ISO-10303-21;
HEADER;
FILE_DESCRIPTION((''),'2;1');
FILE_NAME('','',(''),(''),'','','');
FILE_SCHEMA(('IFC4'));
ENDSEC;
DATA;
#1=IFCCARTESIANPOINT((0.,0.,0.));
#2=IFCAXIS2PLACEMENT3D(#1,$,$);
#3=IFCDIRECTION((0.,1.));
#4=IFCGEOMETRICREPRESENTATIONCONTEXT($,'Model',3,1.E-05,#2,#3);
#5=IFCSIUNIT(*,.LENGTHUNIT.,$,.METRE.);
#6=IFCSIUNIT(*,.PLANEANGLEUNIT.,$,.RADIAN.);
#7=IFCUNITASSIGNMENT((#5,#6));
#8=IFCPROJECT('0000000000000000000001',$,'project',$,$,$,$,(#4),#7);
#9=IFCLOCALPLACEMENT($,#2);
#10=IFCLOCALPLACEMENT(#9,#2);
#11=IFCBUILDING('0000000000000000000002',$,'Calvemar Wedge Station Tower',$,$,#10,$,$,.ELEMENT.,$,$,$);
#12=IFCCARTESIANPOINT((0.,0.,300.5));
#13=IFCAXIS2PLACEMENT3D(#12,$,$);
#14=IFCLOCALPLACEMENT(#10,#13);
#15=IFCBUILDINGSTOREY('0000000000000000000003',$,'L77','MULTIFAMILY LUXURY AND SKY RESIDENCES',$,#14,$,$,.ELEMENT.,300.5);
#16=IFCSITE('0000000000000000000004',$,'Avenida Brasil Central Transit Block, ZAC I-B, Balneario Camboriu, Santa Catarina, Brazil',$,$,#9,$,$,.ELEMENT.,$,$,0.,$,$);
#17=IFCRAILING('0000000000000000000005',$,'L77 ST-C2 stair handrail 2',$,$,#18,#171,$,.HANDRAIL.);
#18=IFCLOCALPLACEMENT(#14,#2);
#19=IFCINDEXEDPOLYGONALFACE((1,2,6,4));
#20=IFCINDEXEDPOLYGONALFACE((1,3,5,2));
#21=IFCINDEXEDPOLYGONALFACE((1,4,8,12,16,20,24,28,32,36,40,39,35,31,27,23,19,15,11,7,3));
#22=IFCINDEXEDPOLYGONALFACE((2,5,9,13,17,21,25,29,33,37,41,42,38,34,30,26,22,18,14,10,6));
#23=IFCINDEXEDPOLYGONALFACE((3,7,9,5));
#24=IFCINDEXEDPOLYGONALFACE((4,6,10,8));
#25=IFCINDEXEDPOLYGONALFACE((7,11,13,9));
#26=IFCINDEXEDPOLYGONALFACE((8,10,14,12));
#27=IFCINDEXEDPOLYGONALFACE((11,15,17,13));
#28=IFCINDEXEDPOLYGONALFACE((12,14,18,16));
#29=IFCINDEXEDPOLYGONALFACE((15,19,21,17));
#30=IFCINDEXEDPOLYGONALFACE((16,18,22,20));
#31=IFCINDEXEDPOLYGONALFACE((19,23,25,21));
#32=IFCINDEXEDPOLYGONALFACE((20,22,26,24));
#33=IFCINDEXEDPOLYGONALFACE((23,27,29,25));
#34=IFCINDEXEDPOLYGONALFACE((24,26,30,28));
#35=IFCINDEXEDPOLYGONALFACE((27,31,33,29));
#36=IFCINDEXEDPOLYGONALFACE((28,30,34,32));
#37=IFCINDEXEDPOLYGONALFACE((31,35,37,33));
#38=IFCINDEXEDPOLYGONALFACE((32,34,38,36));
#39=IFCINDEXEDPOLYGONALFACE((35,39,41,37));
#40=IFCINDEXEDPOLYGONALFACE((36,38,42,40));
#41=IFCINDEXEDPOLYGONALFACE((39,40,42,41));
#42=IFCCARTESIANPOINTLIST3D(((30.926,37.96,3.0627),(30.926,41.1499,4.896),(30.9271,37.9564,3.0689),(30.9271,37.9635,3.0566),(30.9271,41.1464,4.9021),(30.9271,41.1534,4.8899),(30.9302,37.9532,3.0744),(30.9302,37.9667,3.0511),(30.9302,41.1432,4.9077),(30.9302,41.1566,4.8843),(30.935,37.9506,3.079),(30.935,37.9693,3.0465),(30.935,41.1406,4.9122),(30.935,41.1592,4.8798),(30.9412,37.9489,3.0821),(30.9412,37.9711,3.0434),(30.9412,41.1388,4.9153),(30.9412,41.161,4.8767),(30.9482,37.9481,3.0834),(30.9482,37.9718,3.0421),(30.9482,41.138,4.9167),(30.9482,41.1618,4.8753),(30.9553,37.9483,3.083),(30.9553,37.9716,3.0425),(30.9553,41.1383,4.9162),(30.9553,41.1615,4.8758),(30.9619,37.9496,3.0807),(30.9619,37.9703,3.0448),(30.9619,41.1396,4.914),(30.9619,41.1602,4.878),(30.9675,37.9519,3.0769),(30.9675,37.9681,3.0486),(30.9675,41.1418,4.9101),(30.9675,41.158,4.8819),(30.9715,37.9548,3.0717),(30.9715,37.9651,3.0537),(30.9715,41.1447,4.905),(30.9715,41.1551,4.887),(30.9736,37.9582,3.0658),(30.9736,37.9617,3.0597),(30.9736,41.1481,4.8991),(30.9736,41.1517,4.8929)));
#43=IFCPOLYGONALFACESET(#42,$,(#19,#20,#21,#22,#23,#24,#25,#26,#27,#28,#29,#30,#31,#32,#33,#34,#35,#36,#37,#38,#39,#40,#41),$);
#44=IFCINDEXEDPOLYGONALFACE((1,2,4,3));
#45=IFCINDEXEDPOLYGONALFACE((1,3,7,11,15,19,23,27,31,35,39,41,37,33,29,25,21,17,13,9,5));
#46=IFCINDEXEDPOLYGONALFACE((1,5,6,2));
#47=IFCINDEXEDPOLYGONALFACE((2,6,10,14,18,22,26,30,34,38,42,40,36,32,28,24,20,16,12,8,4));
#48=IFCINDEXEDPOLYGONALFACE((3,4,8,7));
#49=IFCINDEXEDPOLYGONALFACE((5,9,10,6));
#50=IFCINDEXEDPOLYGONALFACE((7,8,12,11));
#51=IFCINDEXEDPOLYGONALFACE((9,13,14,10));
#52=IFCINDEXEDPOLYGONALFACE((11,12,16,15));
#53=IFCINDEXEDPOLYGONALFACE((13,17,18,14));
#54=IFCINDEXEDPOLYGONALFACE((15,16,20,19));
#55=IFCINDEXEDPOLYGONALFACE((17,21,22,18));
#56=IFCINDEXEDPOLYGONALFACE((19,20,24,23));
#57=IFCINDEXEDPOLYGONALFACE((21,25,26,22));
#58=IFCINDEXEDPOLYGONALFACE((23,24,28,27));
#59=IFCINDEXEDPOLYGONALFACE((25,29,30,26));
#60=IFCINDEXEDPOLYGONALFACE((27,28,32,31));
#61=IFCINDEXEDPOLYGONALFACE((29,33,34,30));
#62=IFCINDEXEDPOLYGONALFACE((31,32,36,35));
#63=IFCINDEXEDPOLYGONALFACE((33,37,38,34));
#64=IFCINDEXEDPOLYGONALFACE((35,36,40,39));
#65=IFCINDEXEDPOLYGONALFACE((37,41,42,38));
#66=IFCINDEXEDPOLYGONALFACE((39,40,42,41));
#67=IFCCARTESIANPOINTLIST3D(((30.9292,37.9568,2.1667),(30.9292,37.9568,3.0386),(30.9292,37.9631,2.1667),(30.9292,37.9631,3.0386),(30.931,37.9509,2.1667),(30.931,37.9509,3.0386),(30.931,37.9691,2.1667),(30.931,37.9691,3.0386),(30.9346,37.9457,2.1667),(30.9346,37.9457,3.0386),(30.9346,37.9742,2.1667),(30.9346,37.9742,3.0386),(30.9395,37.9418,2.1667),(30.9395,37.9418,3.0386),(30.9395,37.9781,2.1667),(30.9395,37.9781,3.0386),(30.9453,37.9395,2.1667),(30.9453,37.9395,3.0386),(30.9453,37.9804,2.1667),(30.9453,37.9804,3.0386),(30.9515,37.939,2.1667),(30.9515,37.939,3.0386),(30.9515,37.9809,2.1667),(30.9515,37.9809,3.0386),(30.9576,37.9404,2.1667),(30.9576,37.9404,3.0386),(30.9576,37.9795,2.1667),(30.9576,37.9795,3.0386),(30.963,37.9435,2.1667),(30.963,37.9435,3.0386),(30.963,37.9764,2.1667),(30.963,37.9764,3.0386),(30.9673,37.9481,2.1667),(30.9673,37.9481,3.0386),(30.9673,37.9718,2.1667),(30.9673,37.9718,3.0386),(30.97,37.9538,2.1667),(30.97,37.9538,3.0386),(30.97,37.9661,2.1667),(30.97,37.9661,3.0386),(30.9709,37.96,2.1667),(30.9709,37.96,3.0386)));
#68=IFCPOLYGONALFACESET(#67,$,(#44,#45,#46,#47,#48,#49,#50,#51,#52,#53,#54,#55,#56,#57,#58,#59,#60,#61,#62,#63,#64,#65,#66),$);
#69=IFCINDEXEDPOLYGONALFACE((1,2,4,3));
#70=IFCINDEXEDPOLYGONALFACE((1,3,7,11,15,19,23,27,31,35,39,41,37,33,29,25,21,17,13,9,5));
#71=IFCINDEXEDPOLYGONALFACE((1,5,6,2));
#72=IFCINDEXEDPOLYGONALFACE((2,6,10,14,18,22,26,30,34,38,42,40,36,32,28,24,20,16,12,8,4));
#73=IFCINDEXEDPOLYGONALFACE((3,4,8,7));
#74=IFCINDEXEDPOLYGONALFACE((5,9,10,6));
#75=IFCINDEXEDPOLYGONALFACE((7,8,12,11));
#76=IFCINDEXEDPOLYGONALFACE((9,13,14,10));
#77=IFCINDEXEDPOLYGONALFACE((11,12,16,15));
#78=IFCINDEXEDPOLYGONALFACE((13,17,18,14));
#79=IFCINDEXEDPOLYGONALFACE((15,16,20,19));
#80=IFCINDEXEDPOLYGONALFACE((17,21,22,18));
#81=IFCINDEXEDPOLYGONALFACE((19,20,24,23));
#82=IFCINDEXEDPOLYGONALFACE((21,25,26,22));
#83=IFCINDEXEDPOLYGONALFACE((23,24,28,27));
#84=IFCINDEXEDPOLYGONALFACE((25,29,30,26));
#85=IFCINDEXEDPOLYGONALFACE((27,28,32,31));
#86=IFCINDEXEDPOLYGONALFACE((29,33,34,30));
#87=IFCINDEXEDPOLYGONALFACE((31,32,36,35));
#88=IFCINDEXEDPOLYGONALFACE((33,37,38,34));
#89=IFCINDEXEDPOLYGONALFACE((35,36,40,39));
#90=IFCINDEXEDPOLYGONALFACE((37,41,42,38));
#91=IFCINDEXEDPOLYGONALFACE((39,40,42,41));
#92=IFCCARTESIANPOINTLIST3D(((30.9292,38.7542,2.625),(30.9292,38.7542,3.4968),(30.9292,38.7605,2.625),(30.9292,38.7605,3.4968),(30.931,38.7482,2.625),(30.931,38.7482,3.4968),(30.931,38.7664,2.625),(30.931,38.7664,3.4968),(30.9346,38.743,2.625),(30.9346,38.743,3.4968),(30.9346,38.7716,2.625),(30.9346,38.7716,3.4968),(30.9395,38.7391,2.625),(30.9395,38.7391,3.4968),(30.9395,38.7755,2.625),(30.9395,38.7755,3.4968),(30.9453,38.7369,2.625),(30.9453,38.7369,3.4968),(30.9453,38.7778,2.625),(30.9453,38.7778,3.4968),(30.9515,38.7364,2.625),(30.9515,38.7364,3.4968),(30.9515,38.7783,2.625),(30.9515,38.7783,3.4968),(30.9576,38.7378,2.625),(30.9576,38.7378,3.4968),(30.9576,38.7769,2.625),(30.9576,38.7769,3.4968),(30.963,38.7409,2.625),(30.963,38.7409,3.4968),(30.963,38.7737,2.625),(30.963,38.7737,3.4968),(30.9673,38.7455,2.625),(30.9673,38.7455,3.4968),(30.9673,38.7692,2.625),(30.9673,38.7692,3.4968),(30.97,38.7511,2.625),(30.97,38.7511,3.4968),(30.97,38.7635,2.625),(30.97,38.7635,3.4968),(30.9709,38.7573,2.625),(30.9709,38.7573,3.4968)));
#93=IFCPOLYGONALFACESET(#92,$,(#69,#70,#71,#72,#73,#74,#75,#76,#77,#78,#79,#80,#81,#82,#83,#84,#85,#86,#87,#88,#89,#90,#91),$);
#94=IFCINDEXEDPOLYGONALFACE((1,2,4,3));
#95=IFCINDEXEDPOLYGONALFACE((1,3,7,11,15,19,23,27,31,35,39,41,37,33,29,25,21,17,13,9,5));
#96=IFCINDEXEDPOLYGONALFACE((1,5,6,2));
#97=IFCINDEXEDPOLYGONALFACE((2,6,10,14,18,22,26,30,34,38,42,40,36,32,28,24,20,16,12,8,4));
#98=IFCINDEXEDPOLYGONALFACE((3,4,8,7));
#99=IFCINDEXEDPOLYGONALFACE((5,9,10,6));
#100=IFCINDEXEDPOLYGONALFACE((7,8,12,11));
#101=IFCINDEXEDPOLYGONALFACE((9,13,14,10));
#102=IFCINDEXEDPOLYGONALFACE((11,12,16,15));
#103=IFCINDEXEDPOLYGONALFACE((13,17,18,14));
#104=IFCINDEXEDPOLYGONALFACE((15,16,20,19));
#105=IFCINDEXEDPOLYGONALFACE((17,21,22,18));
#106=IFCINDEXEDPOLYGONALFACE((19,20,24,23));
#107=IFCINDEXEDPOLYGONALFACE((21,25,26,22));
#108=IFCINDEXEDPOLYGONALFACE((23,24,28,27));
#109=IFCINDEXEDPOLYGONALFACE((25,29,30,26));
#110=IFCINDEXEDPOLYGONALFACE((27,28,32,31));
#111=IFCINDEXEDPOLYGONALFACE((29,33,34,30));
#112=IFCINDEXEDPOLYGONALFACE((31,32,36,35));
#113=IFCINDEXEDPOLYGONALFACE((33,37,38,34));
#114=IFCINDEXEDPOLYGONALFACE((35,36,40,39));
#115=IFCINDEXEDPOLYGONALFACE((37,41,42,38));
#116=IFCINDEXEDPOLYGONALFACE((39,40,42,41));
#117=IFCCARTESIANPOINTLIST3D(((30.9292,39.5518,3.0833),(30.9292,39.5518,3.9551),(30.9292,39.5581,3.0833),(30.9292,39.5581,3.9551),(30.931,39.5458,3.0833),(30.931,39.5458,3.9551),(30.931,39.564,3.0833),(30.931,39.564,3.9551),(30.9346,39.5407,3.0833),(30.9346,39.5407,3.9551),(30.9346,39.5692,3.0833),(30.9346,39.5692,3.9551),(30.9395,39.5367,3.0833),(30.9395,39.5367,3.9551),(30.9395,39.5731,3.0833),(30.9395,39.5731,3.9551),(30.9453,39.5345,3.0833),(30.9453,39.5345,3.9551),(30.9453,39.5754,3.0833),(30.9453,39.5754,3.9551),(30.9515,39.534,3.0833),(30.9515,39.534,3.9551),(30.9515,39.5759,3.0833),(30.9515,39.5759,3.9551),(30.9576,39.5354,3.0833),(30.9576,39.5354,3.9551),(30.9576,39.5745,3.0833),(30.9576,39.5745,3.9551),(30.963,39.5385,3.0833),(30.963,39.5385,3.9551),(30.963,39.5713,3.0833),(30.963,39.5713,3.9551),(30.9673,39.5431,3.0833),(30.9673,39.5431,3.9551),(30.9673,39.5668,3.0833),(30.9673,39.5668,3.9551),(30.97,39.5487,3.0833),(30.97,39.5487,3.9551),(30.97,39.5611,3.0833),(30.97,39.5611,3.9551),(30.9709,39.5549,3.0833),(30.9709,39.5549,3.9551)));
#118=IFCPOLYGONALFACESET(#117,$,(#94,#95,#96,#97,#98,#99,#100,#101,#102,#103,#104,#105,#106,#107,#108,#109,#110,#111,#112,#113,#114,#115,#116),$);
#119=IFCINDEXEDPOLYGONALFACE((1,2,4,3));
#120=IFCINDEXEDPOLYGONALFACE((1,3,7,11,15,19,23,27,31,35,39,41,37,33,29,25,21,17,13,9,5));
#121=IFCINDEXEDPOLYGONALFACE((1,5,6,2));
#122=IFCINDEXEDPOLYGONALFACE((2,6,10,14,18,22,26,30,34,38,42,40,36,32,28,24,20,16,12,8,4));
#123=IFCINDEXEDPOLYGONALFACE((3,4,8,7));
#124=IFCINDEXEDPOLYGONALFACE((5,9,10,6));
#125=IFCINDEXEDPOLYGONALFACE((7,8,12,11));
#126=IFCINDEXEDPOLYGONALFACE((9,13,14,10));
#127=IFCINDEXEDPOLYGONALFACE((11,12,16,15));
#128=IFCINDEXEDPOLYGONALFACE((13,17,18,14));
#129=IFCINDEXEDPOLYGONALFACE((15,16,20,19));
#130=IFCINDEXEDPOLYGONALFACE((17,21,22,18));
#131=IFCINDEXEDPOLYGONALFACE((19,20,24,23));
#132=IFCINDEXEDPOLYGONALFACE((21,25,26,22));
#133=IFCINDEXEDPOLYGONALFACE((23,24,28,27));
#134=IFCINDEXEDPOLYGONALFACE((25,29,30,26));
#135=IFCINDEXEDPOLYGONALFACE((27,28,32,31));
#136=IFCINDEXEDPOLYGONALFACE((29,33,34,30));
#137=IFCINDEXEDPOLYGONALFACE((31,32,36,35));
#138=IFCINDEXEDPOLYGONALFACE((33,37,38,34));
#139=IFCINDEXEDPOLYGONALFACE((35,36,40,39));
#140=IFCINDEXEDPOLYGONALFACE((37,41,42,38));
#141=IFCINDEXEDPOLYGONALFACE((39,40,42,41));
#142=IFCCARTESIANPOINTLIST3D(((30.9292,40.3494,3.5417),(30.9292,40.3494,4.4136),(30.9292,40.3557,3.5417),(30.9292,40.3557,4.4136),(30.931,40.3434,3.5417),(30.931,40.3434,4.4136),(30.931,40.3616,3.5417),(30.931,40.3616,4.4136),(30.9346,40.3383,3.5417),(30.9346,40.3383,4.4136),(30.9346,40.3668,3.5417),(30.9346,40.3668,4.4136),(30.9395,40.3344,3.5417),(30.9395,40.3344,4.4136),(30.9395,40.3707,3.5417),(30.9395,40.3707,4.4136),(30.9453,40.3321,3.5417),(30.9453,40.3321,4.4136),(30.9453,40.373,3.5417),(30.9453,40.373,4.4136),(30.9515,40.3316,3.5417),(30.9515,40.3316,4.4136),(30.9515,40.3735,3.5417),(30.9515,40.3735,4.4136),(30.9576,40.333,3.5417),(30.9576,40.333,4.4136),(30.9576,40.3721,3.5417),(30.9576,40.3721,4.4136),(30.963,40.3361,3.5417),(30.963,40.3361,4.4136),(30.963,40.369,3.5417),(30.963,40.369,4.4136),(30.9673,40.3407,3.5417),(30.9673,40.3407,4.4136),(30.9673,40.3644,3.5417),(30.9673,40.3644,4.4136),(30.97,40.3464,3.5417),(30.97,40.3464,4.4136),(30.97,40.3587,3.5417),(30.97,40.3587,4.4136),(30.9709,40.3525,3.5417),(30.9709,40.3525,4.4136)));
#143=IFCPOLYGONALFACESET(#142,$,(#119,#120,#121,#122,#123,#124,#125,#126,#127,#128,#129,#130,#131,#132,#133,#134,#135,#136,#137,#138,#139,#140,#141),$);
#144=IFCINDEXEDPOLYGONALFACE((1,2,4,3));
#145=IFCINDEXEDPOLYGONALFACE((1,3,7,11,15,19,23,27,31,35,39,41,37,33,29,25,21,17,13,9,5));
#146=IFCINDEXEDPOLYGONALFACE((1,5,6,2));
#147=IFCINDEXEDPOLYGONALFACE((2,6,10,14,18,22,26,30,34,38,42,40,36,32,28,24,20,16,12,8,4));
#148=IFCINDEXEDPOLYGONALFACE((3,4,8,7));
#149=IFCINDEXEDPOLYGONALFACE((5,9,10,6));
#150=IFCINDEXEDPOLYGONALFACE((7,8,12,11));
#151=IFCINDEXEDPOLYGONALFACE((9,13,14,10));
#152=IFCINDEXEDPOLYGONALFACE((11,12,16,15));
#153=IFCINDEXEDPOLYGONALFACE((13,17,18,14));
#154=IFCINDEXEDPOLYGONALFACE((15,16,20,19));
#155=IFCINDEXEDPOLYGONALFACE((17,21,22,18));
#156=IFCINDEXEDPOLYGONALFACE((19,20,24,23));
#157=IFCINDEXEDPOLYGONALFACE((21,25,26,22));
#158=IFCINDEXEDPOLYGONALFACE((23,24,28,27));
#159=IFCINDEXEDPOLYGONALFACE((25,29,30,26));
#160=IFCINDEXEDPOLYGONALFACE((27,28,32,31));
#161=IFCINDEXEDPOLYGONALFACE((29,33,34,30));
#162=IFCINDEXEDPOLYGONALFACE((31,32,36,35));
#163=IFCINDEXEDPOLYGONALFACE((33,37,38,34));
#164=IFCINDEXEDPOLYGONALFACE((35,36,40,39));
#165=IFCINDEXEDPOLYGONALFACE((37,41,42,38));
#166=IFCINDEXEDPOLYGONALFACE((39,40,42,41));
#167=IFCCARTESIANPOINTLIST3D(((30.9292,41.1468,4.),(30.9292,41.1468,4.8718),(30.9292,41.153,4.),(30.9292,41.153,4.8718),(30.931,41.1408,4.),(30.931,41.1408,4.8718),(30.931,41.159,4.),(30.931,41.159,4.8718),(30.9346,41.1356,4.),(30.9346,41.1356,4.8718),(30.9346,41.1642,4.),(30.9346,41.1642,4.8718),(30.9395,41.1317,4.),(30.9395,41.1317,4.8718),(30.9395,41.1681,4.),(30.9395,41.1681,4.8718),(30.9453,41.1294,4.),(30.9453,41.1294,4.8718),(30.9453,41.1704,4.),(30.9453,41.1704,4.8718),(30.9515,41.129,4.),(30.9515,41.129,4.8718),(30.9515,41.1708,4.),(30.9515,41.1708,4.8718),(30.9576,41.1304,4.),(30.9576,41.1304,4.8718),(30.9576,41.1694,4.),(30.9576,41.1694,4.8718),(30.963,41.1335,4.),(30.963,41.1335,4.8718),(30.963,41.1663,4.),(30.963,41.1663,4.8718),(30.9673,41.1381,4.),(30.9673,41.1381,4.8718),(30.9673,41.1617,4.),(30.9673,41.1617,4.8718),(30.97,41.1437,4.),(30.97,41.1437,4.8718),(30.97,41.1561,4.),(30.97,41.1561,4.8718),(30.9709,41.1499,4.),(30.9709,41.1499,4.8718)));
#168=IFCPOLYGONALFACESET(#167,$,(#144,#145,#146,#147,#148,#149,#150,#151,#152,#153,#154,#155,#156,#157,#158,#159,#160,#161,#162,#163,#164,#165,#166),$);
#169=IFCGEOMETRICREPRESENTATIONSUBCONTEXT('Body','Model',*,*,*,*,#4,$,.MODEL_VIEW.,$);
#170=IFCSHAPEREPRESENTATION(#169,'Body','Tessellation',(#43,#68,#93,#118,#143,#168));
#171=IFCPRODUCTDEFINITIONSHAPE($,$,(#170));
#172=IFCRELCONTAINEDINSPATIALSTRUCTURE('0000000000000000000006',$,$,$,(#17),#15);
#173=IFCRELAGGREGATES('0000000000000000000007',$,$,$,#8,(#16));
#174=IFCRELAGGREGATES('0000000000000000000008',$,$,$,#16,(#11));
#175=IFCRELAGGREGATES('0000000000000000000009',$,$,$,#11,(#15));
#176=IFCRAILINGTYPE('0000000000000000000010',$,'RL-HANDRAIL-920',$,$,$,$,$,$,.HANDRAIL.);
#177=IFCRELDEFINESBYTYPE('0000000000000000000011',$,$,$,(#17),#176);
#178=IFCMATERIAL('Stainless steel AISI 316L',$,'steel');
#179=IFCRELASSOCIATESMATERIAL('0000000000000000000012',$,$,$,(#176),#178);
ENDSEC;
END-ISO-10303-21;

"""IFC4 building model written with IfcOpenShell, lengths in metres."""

from ifc_helpers import new_model, si_unit, direction, frame, origin, origin_2d, place, context, subcontext, project, spatial, circle, extrude, material, type_object, element, save


model = new_model("IFC4")

# Units and contexts
model_context = context("Model", 3, precision=1e-05, world=origin(), true_north=direction((0.0, 1.0)))
body_context = subcontext(model_context, "Body", "Model", "MODEL_VIEW")
ifc_project = project(units=[si_unit("LENGTHUNIT", "METRE"), si_unit("PLANEANGLEUNIT", "RADIAN")], contexts=[model_context])

# Site, building, storey
site_placement = place(None, origin())
site = spatial("IfcSite", under=ifc_project, at=site_placement, Name="Avenida Brasil Central Transit Block, ZAC I-B, Balneario Camboriu, Santa Catarina, Brazil", CompositionType="ELEMENT", RefElevation=0.0)
building_placement = place(site_placement, origin())
building = spatial("IfcBuilding", under=site, at=building_placement, Name="Calvemar Wedge Station Tower", CompositionType="ELEMENT")
storey_placement = place(building_placement, frame((0.0, 0.0, 300.5)))
storey = spatial("IfcBuildingStorey", under=building, at=storey_placement, Name="L77", Description="MULTIFAMILY LUXURY AND SKY RESIDENCES", CompositionType="ELEMENT", Elevation=300.5)

# Railing
ifc_material_1 = material(Name="Stainless steel AISI 316L", Category="steel")
railing_type_1 = type_object("IfcRailingType", Name="RL-HANDRAIL-920", PredefinedType="HANDRAIL", material=ifc_material_1)
railing_1_placement = place(storey_placement, frame((30.95, 37.96, 2.1667)))
element("IfcRailing", 1, at=railing_1_placement, inside=storey, type_object=railing_type_1, Name="L77 ST-C2 stair handrail 2", PredefinedType="HANDRAIL", context=body_context, shape_type="SweptSolid", body=[
    extrude(circle(Radius=0.0239, at=origin_2d()), frame((0.0, 0.0, 0.896), z_axis=(0.0, 0.86702, 0.498274), x_axis=(-1.0, 0.0, 0.0)), (0.0, 0.0, 1.0), 3.6792),
    extrude(circle(Radius=0.021, at=origin_2d()), origin(), (0.0, 0.0, 1.0), 0.8718),
    extrude(circle(Radius=0.021, at=origin_2d()), frame((0.0, 0.7974, 0.4583)), (0.0, 0.0, 1.0), 0.8718),
    extrude(circle(Radius=0.021, at=origin_2d()), frame((0.0, 1.595, 0.9165)), (0.0, 0.0, 1.0), 0.8718),
    extrude(circle(Radius=0.021, at=origin_2d()), frame((0.0, 2.3926, 1.375)), (0.0, 0.0, 1.0), 0.8718),
    extrude(circle(Radius=0.021, at=origin_2d()), frame((0.0, 3.1899, 1.8333)), (0.0, 0.0, 1.0), 0.8718),
])

save(model, "model.ifc")
